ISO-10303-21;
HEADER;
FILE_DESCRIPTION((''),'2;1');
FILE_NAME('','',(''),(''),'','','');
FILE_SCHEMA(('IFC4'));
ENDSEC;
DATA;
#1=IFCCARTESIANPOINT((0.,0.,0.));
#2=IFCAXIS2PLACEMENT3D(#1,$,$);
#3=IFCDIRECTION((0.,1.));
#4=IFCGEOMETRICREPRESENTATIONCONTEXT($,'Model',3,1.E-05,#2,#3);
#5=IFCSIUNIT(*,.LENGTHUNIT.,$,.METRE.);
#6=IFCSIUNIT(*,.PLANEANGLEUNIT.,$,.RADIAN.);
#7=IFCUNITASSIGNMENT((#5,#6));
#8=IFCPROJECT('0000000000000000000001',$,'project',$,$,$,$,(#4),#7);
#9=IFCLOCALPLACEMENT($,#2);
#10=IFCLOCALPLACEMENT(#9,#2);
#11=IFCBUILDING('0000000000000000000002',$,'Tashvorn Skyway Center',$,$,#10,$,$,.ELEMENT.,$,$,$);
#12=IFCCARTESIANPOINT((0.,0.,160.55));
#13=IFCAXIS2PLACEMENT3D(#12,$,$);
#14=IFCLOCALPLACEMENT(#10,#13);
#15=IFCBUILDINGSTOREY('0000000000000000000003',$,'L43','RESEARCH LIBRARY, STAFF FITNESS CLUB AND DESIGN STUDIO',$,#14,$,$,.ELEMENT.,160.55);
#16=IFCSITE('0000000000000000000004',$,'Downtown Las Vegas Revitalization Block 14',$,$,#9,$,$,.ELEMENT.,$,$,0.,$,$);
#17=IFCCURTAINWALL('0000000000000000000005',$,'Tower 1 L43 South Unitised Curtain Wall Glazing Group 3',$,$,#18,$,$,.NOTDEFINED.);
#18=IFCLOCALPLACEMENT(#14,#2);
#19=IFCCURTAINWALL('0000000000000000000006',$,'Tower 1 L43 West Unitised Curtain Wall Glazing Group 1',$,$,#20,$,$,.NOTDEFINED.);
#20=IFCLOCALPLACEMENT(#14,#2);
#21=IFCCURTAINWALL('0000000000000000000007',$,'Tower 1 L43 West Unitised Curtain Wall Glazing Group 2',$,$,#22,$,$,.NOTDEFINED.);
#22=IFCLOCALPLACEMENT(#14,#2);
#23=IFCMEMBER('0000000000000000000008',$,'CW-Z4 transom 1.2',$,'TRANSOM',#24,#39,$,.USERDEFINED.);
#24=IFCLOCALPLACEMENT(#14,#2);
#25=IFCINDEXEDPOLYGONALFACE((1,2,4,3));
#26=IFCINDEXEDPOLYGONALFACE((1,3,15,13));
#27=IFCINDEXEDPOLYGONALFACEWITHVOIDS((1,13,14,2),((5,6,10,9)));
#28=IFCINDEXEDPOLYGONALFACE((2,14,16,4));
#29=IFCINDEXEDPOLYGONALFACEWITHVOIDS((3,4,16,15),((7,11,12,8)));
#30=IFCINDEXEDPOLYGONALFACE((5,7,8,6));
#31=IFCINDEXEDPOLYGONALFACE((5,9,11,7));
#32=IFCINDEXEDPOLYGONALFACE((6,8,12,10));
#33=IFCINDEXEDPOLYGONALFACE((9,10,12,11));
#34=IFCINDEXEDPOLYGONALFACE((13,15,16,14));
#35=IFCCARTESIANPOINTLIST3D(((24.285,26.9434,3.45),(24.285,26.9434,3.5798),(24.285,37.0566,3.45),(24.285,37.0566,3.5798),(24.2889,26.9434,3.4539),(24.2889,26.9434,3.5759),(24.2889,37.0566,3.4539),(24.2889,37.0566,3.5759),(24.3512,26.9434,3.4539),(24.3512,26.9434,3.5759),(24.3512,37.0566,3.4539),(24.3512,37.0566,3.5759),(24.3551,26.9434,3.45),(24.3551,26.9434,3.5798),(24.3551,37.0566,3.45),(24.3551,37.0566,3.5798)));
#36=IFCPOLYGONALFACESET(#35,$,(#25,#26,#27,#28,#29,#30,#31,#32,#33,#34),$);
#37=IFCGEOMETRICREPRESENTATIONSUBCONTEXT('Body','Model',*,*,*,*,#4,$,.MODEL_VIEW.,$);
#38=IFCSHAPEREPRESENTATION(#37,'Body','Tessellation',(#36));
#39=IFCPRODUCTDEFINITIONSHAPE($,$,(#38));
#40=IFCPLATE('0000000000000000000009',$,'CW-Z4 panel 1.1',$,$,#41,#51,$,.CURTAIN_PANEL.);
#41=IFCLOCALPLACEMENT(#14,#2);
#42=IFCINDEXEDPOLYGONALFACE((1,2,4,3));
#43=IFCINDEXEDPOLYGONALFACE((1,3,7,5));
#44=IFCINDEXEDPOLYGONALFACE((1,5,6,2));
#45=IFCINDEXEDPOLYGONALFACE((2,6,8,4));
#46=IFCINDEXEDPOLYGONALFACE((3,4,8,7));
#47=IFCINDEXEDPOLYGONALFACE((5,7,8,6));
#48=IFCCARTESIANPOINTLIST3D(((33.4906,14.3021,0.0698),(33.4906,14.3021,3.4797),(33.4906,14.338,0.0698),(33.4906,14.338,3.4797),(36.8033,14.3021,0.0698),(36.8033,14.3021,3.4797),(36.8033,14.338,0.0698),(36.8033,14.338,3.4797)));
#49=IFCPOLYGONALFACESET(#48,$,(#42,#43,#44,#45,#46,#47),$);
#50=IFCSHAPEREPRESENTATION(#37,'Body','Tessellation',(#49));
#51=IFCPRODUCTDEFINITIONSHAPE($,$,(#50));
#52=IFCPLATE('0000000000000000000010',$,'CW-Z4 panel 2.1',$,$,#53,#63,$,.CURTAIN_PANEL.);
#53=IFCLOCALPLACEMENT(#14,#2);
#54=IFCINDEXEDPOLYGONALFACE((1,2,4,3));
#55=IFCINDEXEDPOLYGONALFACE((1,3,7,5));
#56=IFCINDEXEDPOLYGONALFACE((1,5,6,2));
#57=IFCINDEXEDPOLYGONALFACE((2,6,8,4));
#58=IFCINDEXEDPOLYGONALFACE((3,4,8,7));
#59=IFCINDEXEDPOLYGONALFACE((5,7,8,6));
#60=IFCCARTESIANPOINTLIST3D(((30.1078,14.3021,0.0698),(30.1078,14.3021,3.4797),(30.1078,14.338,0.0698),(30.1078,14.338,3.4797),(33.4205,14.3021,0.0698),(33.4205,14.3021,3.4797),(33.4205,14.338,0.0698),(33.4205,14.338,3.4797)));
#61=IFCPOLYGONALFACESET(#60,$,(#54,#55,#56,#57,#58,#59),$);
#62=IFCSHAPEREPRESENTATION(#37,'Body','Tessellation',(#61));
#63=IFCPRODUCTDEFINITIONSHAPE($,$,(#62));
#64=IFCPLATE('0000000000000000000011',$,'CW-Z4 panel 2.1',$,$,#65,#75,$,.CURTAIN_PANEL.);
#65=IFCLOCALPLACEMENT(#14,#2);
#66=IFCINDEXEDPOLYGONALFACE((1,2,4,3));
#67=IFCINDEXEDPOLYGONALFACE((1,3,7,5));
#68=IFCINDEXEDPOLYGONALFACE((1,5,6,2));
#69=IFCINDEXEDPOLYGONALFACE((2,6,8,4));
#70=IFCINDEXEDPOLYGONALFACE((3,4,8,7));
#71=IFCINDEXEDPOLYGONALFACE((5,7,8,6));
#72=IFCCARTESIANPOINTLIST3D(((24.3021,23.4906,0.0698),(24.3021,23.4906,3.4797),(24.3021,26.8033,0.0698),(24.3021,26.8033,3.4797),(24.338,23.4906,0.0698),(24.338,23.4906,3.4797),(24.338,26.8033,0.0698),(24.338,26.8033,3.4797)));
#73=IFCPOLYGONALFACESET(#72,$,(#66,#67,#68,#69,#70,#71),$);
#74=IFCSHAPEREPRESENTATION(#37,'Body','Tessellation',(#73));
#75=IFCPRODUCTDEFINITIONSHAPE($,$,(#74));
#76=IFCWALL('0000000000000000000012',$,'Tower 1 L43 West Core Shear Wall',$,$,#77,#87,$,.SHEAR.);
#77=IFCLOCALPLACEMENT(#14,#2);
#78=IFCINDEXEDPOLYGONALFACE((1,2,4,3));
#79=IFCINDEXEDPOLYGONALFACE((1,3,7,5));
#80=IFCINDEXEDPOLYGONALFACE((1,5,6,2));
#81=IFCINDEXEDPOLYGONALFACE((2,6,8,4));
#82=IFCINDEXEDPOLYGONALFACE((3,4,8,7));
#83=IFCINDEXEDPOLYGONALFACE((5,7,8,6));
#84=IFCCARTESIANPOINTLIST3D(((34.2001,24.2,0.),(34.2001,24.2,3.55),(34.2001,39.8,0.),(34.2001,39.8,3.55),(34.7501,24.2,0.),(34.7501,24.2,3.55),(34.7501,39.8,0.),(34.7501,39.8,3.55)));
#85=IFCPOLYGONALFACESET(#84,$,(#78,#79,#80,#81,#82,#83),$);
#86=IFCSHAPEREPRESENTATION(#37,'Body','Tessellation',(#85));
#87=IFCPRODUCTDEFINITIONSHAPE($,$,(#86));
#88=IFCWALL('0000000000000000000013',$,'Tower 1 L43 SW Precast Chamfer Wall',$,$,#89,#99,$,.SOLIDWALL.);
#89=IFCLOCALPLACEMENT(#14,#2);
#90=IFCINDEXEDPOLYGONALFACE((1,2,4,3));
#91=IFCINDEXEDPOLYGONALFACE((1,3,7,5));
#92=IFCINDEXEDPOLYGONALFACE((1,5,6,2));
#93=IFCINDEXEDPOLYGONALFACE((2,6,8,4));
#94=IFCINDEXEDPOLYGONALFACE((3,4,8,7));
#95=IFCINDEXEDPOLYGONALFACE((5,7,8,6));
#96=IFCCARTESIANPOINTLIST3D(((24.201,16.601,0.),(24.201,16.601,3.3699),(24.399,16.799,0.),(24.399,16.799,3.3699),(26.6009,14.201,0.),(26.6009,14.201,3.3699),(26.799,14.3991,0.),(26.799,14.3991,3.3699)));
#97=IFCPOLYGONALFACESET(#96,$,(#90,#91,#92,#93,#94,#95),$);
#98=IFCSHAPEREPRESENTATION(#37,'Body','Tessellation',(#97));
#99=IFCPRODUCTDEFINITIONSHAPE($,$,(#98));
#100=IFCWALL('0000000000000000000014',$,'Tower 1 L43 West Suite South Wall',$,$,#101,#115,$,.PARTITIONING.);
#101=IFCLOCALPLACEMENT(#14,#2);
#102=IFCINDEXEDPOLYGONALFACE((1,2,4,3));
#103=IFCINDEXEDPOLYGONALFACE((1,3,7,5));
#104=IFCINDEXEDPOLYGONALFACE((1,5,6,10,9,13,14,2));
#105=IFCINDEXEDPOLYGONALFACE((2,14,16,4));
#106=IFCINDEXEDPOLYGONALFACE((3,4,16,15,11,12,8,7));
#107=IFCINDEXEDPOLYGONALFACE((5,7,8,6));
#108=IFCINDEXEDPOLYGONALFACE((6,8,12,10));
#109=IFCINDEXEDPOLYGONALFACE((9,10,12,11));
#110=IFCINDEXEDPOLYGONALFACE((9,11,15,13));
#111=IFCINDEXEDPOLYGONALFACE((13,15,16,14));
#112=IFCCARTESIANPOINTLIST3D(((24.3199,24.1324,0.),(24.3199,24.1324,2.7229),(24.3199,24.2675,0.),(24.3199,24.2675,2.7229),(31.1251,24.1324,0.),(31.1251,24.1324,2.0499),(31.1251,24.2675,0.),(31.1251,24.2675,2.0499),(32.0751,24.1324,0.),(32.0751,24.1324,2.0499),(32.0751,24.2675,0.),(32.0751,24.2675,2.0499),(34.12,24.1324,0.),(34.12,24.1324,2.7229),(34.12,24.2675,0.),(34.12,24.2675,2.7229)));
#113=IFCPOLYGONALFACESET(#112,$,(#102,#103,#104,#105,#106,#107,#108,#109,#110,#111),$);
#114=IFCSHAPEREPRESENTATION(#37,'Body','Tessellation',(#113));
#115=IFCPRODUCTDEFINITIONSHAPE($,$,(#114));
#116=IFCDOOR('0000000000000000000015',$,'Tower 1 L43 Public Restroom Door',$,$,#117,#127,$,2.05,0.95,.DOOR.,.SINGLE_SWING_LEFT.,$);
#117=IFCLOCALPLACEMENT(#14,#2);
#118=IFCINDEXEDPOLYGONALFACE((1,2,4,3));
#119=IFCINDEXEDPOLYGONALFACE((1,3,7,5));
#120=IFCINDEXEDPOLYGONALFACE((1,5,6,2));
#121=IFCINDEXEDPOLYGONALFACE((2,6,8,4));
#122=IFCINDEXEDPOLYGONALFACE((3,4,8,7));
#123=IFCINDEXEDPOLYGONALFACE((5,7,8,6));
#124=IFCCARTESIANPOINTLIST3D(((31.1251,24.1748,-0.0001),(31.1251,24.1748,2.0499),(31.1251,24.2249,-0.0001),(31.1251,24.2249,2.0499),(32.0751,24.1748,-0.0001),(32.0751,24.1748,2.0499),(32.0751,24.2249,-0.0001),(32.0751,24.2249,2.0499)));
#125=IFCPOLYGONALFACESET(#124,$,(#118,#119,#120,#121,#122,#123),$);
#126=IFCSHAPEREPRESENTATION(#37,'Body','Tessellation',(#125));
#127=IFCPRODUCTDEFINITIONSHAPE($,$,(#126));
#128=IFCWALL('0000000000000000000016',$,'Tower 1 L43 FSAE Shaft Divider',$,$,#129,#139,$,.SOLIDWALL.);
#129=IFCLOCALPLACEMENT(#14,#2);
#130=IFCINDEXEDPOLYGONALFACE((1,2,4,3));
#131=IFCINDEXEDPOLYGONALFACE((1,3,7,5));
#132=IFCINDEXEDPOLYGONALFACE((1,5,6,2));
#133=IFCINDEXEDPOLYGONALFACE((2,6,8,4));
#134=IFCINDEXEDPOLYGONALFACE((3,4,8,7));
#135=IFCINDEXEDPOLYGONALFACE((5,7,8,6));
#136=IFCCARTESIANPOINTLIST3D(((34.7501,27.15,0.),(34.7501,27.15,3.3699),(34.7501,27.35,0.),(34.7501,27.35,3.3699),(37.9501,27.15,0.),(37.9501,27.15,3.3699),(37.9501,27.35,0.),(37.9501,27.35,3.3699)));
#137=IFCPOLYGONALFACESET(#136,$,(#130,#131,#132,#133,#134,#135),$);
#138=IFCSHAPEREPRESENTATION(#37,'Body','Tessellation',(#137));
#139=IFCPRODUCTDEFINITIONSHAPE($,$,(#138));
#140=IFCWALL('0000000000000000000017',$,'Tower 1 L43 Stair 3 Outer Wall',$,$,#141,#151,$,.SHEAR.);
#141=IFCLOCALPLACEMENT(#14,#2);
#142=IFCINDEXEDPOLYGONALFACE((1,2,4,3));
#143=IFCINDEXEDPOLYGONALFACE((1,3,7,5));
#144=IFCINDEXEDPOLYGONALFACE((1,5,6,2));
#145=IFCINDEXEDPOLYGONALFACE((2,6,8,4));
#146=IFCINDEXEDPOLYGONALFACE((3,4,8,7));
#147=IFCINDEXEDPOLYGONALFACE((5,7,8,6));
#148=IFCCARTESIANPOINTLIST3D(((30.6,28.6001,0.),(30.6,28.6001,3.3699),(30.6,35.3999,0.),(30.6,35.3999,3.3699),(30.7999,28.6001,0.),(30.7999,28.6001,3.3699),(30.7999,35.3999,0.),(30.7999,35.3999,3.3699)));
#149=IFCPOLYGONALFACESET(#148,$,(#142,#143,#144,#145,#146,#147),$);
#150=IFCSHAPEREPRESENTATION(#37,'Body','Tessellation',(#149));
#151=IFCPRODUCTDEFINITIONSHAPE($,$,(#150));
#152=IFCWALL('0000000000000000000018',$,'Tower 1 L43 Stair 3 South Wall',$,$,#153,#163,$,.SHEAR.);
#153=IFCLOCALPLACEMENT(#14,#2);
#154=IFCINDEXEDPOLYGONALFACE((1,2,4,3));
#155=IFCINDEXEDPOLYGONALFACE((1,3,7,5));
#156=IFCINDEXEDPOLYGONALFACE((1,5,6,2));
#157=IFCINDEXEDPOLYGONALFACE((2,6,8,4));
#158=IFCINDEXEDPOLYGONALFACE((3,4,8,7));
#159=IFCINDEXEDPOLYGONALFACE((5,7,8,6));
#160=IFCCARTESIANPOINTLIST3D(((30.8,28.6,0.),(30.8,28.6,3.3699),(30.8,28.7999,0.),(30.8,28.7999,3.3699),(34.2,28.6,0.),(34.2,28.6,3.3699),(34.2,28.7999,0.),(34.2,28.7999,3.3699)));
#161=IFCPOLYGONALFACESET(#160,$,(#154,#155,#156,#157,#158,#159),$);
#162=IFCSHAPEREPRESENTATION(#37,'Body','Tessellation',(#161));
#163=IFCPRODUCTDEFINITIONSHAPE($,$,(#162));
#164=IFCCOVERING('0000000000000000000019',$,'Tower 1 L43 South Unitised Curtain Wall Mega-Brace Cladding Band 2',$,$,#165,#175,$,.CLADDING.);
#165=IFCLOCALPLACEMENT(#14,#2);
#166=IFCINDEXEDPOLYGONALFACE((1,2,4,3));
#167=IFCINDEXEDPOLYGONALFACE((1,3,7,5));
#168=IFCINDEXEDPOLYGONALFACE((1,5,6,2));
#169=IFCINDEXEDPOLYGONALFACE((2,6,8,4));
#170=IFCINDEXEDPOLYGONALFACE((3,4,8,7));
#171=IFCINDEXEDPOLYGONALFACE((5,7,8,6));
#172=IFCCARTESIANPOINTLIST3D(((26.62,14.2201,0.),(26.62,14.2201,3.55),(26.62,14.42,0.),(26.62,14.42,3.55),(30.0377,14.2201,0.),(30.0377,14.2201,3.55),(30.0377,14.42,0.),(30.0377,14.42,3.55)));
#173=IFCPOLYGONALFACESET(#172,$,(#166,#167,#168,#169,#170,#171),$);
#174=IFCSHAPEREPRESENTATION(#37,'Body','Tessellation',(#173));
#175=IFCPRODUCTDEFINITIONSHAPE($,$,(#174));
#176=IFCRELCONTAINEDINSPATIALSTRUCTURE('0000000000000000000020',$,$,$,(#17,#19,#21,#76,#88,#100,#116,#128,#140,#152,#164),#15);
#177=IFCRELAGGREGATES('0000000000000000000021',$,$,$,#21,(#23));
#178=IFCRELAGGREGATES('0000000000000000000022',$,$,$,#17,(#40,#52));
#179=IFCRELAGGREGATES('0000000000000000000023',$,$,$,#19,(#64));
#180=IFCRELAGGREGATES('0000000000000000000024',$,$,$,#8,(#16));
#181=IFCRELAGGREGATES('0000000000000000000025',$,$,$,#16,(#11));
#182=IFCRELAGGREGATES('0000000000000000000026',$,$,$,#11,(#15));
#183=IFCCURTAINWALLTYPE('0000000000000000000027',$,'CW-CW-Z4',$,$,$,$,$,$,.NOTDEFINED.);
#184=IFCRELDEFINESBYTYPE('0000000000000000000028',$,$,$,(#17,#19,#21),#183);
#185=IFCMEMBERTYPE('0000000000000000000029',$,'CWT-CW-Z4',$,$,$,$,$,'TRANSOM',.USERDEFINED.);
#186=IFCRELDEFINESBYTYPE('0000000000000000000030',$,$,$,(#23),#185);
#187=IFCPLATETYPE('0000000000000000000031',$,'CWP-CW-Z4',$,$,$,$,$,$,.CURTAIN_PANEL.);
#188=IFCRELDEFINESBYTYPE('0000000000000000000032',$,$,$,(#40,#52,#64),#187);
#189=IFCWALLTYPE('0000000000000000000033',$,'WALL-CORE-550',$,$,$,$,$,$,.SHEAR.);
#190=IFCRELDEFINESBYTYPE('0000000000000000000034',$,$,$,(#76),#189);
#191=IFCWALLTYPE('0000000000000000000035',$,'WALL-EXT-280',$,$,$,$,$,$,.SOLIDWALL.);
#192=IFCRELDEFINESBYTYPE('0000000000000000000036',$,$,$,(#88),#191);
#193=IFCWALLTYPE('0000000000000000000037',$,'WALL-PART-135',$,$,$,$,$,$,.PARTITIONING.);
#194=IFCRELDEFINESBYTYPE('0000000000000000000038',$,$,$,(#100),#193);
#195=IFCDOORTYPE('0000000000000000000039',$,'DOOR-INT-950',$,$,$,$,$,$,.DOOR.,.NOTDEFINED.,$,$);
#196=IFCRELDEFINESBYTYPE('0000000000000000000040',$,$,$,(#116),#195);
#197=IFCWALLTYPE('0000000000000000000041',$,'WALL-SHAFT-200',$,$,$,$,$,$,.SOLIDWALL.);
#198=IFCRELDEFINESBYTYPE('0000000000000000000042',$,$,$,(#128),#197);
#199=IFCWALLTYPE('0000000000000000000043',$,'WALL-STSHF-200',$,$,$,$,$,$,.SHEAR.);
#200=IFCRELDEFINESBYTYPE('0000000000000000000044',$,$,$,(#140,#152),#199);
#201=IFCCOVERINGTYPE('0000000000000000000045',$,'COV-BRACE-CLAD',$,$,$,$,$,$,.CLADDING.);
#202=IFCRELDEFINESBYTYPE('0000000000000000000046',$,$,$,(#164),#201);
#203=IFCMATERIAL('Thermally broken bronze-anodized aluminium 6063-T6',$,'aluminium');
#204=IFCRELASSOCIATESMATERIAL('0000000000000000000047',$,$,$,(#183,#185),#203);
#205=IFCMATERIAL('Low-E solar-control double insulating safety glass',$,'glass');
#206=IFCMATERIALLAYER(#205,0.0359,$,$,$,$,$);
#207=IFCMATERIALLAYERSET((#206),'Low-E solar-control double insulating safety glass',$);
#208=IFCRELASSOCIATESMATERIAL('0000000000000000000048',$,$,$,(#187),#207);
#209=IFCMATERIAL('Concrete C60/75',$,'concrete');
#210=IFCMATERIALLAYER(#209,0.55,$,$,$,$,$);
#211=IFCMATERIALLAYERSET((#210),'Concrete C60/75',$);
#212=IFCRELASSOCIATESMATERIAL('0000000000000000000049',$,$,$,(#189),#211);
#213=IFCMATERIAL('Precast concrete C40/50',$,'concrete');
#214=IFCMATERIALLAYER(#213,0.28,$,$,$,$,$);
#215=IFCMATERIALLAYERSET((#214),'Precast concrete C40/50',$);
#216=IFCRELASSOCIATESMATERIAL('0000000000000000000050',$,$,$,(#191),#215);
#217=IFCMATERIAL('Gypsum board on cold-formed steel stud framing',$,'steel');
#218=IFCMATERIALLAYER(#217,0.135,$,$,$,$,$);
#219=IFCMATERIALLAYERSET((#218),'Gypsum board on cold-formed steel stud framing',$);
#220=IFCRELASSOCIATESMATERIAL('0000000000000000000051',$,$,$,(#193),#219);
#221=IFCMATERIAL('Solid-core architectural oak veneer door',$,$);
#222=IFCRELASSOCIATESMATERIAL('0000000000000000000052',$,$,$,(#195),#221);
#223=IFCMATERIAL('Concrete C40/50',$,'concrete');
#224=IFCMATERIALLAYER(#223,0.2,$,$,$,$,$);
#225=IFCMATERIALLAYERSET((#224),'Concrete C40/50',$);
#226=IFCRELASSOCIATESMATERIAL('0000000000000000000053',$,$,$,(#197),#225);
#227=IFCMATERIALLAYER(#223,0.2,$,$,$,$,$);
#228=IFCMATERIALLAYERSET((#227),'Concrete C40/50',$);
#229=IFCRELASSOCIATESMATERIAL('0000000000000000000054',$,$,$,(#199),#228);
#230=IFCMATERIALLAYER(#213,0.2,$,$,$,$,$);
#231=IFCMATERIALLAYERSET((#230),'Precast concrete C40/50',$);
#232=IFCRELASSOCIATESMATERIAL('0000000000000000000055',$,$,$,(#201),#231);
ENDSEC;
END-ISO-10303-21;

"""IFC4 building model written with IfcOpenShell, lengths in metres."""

from ifc_helpers import new_model, si_unit, direction, frame, frame_2d, origin, origin_2d, place, context, subcontext, project, spatial, rectangle, hollow_rectangle, extrude, material, layer, layer_set, material_profile, profile_set, type_object, element, fill, aggregate, save


model = new_model("IFC4")

# Units and contexts
model_context = context("Model", 3, precision=1e-05, world=origin(), true_north=direction((0.0, 1.0)))
body_context = subcontext(model_context, "Body", "Model", "MODEL_VIEW")
ifc_project = project(units=[si_unit("LENGTHUNIT", "METRE"), si_unit("PLANEANGLEUNIT", "RADIAN")], contexts=[model_context])

# Site, building, storey
site_placement = place(None, origin())
site = spatial("IfcSite", under=ifc_project, at=site_placement, Name="Downtown Las Vegas Revitalization Block 14", CompositionType="ELEMENT", RefElevation=0.0)
building_placement = place(site_placement, origin())
building = spatial("IfcBuilding", under=site, at=building_placement, Name="Tashvorn Skyway Center", CompositionType="ELEMENT")
storey_placement = place(building_placement, frame((0.0, 0.0, 160.55)))
storey = spatial("IfcBuildingStorey", under=building, at=storey_placement, Name="L43", Description="RESEARCH LIBRARY, STAFF FITNESS CLUB AND DESIGN STUDIO", CompositionType="ELEMENT", Elevation=160.55)

# Curtain walls
ifc_material_1 = material(Name="Thermally broken bronze-anodized aluminium 6063-T6", Category="aluminium")
curtain_wall_type = type_object("IfcCurtainWallType", Name="CW-CW-Z4", PredefinedType="NOTDEFINED", material=ifc_material_1)
curtain_wall_1_placement = place(storey_placement, origin())
curtain_wall_1 = element("IfcCurtainWall", 1, at=curtain_wall_1_placement, inside=storey, type_object=curtain_wall_type, Name="Tower 1 L43 South Unitised Curtain Wall Glazing Group 3", PredefinedType="NOTDEFINED")
curtain_wall_2_placement = place(storey_placement, origin())
curtain_wall_2 = element("IfcCurtainWall", 2, at=curtain_wall_2_placement, inside=storey, type_object=curtain_wall_type, Name="Tower 1 L43 West Unitised Curtain Wall Glazing Group 1", PredefinedType="NOTDEFINED")

# Curtain wall
curtain_wall_3_placement = place(storey_placement, origin())
curtain_wall_3 = element("IfcCurtainWall", 3, at=curtain_wall_3_placement, inside=storey, type_object=curtain_wall_type, Name="Tower 1 L43 West Unitised Curtain Wall Glazing Group 2", PredefinedType="NOTDEFINED")

# Member
ifc_material_profile_1 = material_profile(ifc_material_1, hollow_rectangle(XDim=0.0701, YDim=0.1299, WallThickness=0.0039, at=origin_2d()), Name="ALU-TRAN-70x130")
ifc_profile_set_1 = profile_set([ifc_material_profile_1], Name="Thermally broken bronze-anodized aluminium 6063-T6")
member_type_1 = type_object("IfcMemberType", Name="CWT-CW-Z4", ElementType="TRANSOM", PredefinedType="USERDEFINED", material=ifc_profile_set_1)
member_1_placement = place(storey_placement, frame((24.3201, 26.9434, 3.5149), z_axis=(0.0, 1.0, 0.0), x_axis=(-1.0, 0.0, 0.0)))
member_1 = element("IfcMember", 4, at=member_1_placement, type_object=member_type_1, Name="CW-Z4 transom 1.2", ObjectType="TRANSOM", PredefinedType="USERDEFINED", context=body_context, shape_type="SweptSolid", body=[
    extrude(hollow_rectangle(XDim=0.0701, YDim=0.1299, WallThickness=0.0039, at=origin_2d()), origin(), (0.0, 0.0, 1.0), 10.1133),
])
aggregate(curtain_wall_3, [member_1])

# Plates
ifc_material_2 = material(Name="Low-E solar-control double insulating safety glass", Category="glass")
ifc_layer_1 = layer(ifc_material_2, 0.0359)
ifc_layer_set_1 = layer_set([ifc_layer_1], Name="Low-E solar-control double insulating safety glass")
plate_type = type_object("IfcPlateType", Name="CWP-CW-Z4", PredefinedType="CURTAIN_PANEL", material=ifc_layer_set_1)
plate_1_placement = place(storey_placement, frame((35.147, 14.3201, 0.0698), z_axis=(0.0, 0.0, 1.0), x_axis=(-1.0, 0.0, 0.0)))
plate_1 = element("IfcPlate", 5, at=plate_1_placement, type_object=plate_type, Name="CW-Z4 panel 1.1", PredefinedType="CURTAIN_PANEL", context=body_context, shape_type="SweptSolid", body=[
    extrude(rectangle(XDim=3.3127, YDim=0.0359, at=origin_2d()), origin(), (0.0, 0.0, 1.0), 3.4099),
])
plate_2_placement = place(storey_placement, frame((31.7642, 14.3201, 0.0698), z_axis=(0.0, 0.0, 1.0), x_axis=(-1.0, 0.0, 0.0)))
plate_2 = element("IfcPlate", 6, at=plate_2_placement, type_object=plate_type, Name="CW-Z4 panel 2.1", PredefinedType="CURTAIN_PANEL", context=body_context, shape_type="SweptSolid", body=[
    extrude(rectangle(XDim=3.3127, YDim=0.0359, at=origin_2d()), origin(), (0.0, 0.0, 1.0), 3.4099),
])
aggregate(curtain_wall_1, [plate_1, plate_2])
plate_3_placement = place(storey_placement, frame((24.3201, 25.147, 0.0698), z_axis=(0.0, 0.0, 1.0), x_axis=(0.0, 1.0, 0.0)))
plate_3 = element("IfcPlate", 7, at=plate_3_placement, type_object=plate_type, Name="CW-Z4 panel 2.1", PredefinedType="CURTAIN_PANEL", context=body_context, shape_type="SweptSolid", body=[
    extrude(rectangle(XDim=3.3127, YDim=0.0359, at=origin_2d()), origin(), (0.0, 0.0, 1.0), 3.4099),
])
aggregate(curtain_wall_2, [plate_3])

# Walls
ifc_material_3 = material(Name="Concrete C60/75", Category="concrete")
ifc_layer_2 = layer(ifc_material_3, 0.55)
ifc_layer_set_2 = layer_set([ifc_layer_2], Name="Concrete C60/75")
wall_type_1 = type_object("IfcWallType", Name="WALL-CORE-550", PredefinedType="SHEAR", material=ifc_layer_set_2)
wall_1_placement = place(storey_placement, frame((34.4751, 24.2, 0.0), z_axis=(0.0, 0.0, 1.0), x_axis=(0.0, 1.0, 0.0)))
element("IfcWall", 8, at=wall_1_placement, inside=storey, type_object=wall_type_1, Name="Tower 1 L43 West Core Shear Wall", PredefinedType="SHEAR", context=body_context, shape_type="SweptSolid", body=[
    extrude(rectangle(XDim=15.6001, YDim=0.55, at=frame_2d((7.8, 0.0))), origin(), (0.0, 0.0, 1.0), 3.55),
])
ifc_material_4 = material(Name="Precast concrete C40/50", Category="concrete")
ifc_layer_3 = layer(ifc_material_4, 0.28)
ifc_layer_set_3 = layer_set([ifc_layer_3], Name="Precast concrete C40/50")
wall_type_2 = type_object("IfcWallType", Name="WALL-EXT-280", PredefinedType="SOLIDWALL", material=ifc_layer_set_3)
wall_2_placement = place(storey_placement, frame((26.7, 14.3, 0.0), z_axis=(0.0, 0.0, 1.0), x_axis=(-0.707107, 0.707107, 0.0)))
element("IfcWall", 9, at=wall_2_placement, inside=storey, type_object=wall_type_2, Name="Tower 1 L43 SW Precast Chamfer Wall", PredefinedType="SOLIDWALL", context=body_context, shape_type="SweptSolid", body=[
    extrude(rectangle(XDim=3.394, YDim=0.28, at=frame_2d((1.697, 0.0))), origin(), (0.0, 0.0, 1.0), 3.3699),
])

# Wall, opening, door
ifc_material_5 = material(Name="Gypsum board on cold-formed steel stud framing", Category="steel")
ifc_layer_4 = layer(ifc_material_5, 0.135)
ifc_layer_set_4 = layer_set([ifc_layer_4], Name="Gypsum board on cold-formed steel stud framing")
wall_type_3 = type_object("IfcWallType", Name="WALL-PART-135", PredefinedType="PARTITIONING", material=ifc_layer_set_4)
wall_3_placement = place(storey_placement, frame((24.3201, 24.2, 0.0), z_axis=(0.0, 0.0, 1.0), x_axis=(1.0, 0.0, 0.0)))
wall_3 = element("IfcWall", 10, at=wall_3_placement, inside=storey, type_object=wall_type_3, Name="Tower 1 L43 West Suite South Wall", PredefinedType="PARTITIONING", context=body_context, shape_type="SweptSolid", body=[
    extrude(rectangle(XDim=9.8, YDim=0.135, at=frame_2d((4.8999, 0.0))), origin(), (0.0, 0.0, 1.0), 2.7229),
])
opening_placement = place(wall_3_placement, frame((6.8049, 0.0, 0.0)))
opening = element("IfcOpeningElement", 11, at=opening_placement, cuts=wall_3, PredefinedType="OPENING", context=body_context, shape_type="SweptSolid", body=[
    extrude(rectangle(XDim=0.95, YDim=2.05, at=frame_2d((0.4751, 1.0249))), frame((0.0, 0.0774, 0.0), z_axis=(0.0, -1.0, 0.0), x_axis=(1.0, 0.0, 0.0)), (0.0, 0.0, 1.0), 0.155),
])
ifc_material_6 = material(Name="Solid-core architectural oak veneer door")
door_type = type_object("IfcDoorType", Name="DOOR-INT-950", OperationType="NOTDEFINED", PredefinedType="DOOR", material=ifc_material_6)
door_placement = place(opening_placement, origin())
door = element("IfcDoor", 12, at=door_placement, inside=storey, type_object=door_type, Name="Tower 1 L43 Public Restroom Door", OperationType="SINGLE_SWING_LEFT", OverallHeight=2.05, OverallWidth=0.95, PredefinedType="DOOR", context=body_context, shape_type="SweptSolid", body=[
    extrude(rectangle(XDim=0.95, YDim=2.05, at=frame_2d((0.4751, 1.0249))), frame((0.0, 0.0249, 0.0), z_axis=(0.0, -1.0, 0.0), x_axis=(1.0, 0.0, 0.0)), (0.0, 0.0, 1.0), 0.05),
])
fill(opening, door)

# Walls
ifc_material_7 = material(Name="Concrete C40/50", Category="concrete")
ifc_layer_5 = layer(ifc_material_7, 0.2)
ifc_layer_set_5 = layer_set([ifc_layer_5], Name="Concrete C40/50")
wall_type_4 = type_object("IfcWallType", Name="WALL-SHAFT-200", PredefinedType="SOLIDWALL", material=ifc_layer_set_5)
wall_4_placement = place(storey_placement, frame((34.75, 27.25, 0.0), z_axis=(0.0, 0.0, 1.0), x_axis=(1.0, 0.0, 0.0)))
element("IfcWall", 13, at=wall_4_placement, inside=storey, type_object=wall_type_4, Name="Tower 1 L43 FSAE Shaft Divider", PredefinedType="SOLIDWALL", context=body_context, shape_type="SweptSolid", body=[
    extrude(rectangle(XDim=3.2, YDim=0.2, at=frame_2d((1.6001, 0.0))), origin(), (0.0, 0.0, 1.0), 3.3699),
])
ifc_layer_6 = layer(ifc_material_7, 0.2)
ifc_layer_set_6 = layer_set([ifc_layer_6], Name="Concrete C40/50")
wall_type_5 = type_object("IfcWallType", Name="WALL-STSHF-200", PredefinedType="SHEAR", material=ifc_layer_set_6)
wall_5_placement = place(storey_placement, frame((30.7, 28.6001, 0.0), z_axis=(0.0, 0.0, 1.0), x_axis=(0.0, 1.0, 0.0)))
element("IfcWall", 14, at=wall_5_placement, inside=storey, type_object=wall_type_5, Name="Tower 1 L43 Stair 3 Outer Wall", PredefinedType="SHEAR", context=body_context, shape_type="SweptSolid", body=[
    extrude(rectangle(XDim=6.7998, YDim=0.2, at=frame_2d((3.3999, 0.0))), origin(), (0.0, 0.0, 1.0), 3.3699),
])
wall_6_placement = place(storey_placement, frame((30.8, 28.7, 0.0), z_axis=(0.0, 0.0, 1.0), x_axis=(1.0, 0.0, 0.0)))
element("IfcWall", 15, at=wall_6_placement, inside=storey, type_object=wall_type_5, Name="Tower 1 L43 Stair 3 South Wall", PredefinedType="SHEAR", context=body_context, shape_type="SweptSolid", body=[
    extrude(rectangle(XDim=3.3999, YDim=0.2, at=frame_2d((1.7, 0.0))), origin(), (0.0, 0.0, 1.0), 3.3699),
])

# Covering
ifc_layer_7 = layer(ifc_material_4, 0.2)
ifc_layer_set_7 = layer_set([ifc_layer_7], Name="Precast concrete C40/50")
covering_type_1 = type_object("IfcCoveringType", Name="COV-BRACE-CLAD", PredefinedType="CLADDING", material=ifc_layer_set_7)
covering_1_placement = place(storey_placement, frame((28.3289, 14.3201, 0.0), z_axis=(0.0, 0.0, 1.0), x_axis=(-1.0, 0.0, 0.0)))
element("IfcCovering", 16, at=covering_1_placement, inside=storey, type_object=covering_type_1, Name="Tower 1 L43 South Unitised Curtain Wall Mega-Brace Cladding Band 2", PredefinedType="CLADDING", context=body_context, shape_type="SweptSolid", body=[
    extrude(rectangle(XDim=3.4177, YDim=0.2, at=origin_2d()), origin(), (0.0, 0.0, 1.0), 3.55),
])

save(model, "model.ifc")
